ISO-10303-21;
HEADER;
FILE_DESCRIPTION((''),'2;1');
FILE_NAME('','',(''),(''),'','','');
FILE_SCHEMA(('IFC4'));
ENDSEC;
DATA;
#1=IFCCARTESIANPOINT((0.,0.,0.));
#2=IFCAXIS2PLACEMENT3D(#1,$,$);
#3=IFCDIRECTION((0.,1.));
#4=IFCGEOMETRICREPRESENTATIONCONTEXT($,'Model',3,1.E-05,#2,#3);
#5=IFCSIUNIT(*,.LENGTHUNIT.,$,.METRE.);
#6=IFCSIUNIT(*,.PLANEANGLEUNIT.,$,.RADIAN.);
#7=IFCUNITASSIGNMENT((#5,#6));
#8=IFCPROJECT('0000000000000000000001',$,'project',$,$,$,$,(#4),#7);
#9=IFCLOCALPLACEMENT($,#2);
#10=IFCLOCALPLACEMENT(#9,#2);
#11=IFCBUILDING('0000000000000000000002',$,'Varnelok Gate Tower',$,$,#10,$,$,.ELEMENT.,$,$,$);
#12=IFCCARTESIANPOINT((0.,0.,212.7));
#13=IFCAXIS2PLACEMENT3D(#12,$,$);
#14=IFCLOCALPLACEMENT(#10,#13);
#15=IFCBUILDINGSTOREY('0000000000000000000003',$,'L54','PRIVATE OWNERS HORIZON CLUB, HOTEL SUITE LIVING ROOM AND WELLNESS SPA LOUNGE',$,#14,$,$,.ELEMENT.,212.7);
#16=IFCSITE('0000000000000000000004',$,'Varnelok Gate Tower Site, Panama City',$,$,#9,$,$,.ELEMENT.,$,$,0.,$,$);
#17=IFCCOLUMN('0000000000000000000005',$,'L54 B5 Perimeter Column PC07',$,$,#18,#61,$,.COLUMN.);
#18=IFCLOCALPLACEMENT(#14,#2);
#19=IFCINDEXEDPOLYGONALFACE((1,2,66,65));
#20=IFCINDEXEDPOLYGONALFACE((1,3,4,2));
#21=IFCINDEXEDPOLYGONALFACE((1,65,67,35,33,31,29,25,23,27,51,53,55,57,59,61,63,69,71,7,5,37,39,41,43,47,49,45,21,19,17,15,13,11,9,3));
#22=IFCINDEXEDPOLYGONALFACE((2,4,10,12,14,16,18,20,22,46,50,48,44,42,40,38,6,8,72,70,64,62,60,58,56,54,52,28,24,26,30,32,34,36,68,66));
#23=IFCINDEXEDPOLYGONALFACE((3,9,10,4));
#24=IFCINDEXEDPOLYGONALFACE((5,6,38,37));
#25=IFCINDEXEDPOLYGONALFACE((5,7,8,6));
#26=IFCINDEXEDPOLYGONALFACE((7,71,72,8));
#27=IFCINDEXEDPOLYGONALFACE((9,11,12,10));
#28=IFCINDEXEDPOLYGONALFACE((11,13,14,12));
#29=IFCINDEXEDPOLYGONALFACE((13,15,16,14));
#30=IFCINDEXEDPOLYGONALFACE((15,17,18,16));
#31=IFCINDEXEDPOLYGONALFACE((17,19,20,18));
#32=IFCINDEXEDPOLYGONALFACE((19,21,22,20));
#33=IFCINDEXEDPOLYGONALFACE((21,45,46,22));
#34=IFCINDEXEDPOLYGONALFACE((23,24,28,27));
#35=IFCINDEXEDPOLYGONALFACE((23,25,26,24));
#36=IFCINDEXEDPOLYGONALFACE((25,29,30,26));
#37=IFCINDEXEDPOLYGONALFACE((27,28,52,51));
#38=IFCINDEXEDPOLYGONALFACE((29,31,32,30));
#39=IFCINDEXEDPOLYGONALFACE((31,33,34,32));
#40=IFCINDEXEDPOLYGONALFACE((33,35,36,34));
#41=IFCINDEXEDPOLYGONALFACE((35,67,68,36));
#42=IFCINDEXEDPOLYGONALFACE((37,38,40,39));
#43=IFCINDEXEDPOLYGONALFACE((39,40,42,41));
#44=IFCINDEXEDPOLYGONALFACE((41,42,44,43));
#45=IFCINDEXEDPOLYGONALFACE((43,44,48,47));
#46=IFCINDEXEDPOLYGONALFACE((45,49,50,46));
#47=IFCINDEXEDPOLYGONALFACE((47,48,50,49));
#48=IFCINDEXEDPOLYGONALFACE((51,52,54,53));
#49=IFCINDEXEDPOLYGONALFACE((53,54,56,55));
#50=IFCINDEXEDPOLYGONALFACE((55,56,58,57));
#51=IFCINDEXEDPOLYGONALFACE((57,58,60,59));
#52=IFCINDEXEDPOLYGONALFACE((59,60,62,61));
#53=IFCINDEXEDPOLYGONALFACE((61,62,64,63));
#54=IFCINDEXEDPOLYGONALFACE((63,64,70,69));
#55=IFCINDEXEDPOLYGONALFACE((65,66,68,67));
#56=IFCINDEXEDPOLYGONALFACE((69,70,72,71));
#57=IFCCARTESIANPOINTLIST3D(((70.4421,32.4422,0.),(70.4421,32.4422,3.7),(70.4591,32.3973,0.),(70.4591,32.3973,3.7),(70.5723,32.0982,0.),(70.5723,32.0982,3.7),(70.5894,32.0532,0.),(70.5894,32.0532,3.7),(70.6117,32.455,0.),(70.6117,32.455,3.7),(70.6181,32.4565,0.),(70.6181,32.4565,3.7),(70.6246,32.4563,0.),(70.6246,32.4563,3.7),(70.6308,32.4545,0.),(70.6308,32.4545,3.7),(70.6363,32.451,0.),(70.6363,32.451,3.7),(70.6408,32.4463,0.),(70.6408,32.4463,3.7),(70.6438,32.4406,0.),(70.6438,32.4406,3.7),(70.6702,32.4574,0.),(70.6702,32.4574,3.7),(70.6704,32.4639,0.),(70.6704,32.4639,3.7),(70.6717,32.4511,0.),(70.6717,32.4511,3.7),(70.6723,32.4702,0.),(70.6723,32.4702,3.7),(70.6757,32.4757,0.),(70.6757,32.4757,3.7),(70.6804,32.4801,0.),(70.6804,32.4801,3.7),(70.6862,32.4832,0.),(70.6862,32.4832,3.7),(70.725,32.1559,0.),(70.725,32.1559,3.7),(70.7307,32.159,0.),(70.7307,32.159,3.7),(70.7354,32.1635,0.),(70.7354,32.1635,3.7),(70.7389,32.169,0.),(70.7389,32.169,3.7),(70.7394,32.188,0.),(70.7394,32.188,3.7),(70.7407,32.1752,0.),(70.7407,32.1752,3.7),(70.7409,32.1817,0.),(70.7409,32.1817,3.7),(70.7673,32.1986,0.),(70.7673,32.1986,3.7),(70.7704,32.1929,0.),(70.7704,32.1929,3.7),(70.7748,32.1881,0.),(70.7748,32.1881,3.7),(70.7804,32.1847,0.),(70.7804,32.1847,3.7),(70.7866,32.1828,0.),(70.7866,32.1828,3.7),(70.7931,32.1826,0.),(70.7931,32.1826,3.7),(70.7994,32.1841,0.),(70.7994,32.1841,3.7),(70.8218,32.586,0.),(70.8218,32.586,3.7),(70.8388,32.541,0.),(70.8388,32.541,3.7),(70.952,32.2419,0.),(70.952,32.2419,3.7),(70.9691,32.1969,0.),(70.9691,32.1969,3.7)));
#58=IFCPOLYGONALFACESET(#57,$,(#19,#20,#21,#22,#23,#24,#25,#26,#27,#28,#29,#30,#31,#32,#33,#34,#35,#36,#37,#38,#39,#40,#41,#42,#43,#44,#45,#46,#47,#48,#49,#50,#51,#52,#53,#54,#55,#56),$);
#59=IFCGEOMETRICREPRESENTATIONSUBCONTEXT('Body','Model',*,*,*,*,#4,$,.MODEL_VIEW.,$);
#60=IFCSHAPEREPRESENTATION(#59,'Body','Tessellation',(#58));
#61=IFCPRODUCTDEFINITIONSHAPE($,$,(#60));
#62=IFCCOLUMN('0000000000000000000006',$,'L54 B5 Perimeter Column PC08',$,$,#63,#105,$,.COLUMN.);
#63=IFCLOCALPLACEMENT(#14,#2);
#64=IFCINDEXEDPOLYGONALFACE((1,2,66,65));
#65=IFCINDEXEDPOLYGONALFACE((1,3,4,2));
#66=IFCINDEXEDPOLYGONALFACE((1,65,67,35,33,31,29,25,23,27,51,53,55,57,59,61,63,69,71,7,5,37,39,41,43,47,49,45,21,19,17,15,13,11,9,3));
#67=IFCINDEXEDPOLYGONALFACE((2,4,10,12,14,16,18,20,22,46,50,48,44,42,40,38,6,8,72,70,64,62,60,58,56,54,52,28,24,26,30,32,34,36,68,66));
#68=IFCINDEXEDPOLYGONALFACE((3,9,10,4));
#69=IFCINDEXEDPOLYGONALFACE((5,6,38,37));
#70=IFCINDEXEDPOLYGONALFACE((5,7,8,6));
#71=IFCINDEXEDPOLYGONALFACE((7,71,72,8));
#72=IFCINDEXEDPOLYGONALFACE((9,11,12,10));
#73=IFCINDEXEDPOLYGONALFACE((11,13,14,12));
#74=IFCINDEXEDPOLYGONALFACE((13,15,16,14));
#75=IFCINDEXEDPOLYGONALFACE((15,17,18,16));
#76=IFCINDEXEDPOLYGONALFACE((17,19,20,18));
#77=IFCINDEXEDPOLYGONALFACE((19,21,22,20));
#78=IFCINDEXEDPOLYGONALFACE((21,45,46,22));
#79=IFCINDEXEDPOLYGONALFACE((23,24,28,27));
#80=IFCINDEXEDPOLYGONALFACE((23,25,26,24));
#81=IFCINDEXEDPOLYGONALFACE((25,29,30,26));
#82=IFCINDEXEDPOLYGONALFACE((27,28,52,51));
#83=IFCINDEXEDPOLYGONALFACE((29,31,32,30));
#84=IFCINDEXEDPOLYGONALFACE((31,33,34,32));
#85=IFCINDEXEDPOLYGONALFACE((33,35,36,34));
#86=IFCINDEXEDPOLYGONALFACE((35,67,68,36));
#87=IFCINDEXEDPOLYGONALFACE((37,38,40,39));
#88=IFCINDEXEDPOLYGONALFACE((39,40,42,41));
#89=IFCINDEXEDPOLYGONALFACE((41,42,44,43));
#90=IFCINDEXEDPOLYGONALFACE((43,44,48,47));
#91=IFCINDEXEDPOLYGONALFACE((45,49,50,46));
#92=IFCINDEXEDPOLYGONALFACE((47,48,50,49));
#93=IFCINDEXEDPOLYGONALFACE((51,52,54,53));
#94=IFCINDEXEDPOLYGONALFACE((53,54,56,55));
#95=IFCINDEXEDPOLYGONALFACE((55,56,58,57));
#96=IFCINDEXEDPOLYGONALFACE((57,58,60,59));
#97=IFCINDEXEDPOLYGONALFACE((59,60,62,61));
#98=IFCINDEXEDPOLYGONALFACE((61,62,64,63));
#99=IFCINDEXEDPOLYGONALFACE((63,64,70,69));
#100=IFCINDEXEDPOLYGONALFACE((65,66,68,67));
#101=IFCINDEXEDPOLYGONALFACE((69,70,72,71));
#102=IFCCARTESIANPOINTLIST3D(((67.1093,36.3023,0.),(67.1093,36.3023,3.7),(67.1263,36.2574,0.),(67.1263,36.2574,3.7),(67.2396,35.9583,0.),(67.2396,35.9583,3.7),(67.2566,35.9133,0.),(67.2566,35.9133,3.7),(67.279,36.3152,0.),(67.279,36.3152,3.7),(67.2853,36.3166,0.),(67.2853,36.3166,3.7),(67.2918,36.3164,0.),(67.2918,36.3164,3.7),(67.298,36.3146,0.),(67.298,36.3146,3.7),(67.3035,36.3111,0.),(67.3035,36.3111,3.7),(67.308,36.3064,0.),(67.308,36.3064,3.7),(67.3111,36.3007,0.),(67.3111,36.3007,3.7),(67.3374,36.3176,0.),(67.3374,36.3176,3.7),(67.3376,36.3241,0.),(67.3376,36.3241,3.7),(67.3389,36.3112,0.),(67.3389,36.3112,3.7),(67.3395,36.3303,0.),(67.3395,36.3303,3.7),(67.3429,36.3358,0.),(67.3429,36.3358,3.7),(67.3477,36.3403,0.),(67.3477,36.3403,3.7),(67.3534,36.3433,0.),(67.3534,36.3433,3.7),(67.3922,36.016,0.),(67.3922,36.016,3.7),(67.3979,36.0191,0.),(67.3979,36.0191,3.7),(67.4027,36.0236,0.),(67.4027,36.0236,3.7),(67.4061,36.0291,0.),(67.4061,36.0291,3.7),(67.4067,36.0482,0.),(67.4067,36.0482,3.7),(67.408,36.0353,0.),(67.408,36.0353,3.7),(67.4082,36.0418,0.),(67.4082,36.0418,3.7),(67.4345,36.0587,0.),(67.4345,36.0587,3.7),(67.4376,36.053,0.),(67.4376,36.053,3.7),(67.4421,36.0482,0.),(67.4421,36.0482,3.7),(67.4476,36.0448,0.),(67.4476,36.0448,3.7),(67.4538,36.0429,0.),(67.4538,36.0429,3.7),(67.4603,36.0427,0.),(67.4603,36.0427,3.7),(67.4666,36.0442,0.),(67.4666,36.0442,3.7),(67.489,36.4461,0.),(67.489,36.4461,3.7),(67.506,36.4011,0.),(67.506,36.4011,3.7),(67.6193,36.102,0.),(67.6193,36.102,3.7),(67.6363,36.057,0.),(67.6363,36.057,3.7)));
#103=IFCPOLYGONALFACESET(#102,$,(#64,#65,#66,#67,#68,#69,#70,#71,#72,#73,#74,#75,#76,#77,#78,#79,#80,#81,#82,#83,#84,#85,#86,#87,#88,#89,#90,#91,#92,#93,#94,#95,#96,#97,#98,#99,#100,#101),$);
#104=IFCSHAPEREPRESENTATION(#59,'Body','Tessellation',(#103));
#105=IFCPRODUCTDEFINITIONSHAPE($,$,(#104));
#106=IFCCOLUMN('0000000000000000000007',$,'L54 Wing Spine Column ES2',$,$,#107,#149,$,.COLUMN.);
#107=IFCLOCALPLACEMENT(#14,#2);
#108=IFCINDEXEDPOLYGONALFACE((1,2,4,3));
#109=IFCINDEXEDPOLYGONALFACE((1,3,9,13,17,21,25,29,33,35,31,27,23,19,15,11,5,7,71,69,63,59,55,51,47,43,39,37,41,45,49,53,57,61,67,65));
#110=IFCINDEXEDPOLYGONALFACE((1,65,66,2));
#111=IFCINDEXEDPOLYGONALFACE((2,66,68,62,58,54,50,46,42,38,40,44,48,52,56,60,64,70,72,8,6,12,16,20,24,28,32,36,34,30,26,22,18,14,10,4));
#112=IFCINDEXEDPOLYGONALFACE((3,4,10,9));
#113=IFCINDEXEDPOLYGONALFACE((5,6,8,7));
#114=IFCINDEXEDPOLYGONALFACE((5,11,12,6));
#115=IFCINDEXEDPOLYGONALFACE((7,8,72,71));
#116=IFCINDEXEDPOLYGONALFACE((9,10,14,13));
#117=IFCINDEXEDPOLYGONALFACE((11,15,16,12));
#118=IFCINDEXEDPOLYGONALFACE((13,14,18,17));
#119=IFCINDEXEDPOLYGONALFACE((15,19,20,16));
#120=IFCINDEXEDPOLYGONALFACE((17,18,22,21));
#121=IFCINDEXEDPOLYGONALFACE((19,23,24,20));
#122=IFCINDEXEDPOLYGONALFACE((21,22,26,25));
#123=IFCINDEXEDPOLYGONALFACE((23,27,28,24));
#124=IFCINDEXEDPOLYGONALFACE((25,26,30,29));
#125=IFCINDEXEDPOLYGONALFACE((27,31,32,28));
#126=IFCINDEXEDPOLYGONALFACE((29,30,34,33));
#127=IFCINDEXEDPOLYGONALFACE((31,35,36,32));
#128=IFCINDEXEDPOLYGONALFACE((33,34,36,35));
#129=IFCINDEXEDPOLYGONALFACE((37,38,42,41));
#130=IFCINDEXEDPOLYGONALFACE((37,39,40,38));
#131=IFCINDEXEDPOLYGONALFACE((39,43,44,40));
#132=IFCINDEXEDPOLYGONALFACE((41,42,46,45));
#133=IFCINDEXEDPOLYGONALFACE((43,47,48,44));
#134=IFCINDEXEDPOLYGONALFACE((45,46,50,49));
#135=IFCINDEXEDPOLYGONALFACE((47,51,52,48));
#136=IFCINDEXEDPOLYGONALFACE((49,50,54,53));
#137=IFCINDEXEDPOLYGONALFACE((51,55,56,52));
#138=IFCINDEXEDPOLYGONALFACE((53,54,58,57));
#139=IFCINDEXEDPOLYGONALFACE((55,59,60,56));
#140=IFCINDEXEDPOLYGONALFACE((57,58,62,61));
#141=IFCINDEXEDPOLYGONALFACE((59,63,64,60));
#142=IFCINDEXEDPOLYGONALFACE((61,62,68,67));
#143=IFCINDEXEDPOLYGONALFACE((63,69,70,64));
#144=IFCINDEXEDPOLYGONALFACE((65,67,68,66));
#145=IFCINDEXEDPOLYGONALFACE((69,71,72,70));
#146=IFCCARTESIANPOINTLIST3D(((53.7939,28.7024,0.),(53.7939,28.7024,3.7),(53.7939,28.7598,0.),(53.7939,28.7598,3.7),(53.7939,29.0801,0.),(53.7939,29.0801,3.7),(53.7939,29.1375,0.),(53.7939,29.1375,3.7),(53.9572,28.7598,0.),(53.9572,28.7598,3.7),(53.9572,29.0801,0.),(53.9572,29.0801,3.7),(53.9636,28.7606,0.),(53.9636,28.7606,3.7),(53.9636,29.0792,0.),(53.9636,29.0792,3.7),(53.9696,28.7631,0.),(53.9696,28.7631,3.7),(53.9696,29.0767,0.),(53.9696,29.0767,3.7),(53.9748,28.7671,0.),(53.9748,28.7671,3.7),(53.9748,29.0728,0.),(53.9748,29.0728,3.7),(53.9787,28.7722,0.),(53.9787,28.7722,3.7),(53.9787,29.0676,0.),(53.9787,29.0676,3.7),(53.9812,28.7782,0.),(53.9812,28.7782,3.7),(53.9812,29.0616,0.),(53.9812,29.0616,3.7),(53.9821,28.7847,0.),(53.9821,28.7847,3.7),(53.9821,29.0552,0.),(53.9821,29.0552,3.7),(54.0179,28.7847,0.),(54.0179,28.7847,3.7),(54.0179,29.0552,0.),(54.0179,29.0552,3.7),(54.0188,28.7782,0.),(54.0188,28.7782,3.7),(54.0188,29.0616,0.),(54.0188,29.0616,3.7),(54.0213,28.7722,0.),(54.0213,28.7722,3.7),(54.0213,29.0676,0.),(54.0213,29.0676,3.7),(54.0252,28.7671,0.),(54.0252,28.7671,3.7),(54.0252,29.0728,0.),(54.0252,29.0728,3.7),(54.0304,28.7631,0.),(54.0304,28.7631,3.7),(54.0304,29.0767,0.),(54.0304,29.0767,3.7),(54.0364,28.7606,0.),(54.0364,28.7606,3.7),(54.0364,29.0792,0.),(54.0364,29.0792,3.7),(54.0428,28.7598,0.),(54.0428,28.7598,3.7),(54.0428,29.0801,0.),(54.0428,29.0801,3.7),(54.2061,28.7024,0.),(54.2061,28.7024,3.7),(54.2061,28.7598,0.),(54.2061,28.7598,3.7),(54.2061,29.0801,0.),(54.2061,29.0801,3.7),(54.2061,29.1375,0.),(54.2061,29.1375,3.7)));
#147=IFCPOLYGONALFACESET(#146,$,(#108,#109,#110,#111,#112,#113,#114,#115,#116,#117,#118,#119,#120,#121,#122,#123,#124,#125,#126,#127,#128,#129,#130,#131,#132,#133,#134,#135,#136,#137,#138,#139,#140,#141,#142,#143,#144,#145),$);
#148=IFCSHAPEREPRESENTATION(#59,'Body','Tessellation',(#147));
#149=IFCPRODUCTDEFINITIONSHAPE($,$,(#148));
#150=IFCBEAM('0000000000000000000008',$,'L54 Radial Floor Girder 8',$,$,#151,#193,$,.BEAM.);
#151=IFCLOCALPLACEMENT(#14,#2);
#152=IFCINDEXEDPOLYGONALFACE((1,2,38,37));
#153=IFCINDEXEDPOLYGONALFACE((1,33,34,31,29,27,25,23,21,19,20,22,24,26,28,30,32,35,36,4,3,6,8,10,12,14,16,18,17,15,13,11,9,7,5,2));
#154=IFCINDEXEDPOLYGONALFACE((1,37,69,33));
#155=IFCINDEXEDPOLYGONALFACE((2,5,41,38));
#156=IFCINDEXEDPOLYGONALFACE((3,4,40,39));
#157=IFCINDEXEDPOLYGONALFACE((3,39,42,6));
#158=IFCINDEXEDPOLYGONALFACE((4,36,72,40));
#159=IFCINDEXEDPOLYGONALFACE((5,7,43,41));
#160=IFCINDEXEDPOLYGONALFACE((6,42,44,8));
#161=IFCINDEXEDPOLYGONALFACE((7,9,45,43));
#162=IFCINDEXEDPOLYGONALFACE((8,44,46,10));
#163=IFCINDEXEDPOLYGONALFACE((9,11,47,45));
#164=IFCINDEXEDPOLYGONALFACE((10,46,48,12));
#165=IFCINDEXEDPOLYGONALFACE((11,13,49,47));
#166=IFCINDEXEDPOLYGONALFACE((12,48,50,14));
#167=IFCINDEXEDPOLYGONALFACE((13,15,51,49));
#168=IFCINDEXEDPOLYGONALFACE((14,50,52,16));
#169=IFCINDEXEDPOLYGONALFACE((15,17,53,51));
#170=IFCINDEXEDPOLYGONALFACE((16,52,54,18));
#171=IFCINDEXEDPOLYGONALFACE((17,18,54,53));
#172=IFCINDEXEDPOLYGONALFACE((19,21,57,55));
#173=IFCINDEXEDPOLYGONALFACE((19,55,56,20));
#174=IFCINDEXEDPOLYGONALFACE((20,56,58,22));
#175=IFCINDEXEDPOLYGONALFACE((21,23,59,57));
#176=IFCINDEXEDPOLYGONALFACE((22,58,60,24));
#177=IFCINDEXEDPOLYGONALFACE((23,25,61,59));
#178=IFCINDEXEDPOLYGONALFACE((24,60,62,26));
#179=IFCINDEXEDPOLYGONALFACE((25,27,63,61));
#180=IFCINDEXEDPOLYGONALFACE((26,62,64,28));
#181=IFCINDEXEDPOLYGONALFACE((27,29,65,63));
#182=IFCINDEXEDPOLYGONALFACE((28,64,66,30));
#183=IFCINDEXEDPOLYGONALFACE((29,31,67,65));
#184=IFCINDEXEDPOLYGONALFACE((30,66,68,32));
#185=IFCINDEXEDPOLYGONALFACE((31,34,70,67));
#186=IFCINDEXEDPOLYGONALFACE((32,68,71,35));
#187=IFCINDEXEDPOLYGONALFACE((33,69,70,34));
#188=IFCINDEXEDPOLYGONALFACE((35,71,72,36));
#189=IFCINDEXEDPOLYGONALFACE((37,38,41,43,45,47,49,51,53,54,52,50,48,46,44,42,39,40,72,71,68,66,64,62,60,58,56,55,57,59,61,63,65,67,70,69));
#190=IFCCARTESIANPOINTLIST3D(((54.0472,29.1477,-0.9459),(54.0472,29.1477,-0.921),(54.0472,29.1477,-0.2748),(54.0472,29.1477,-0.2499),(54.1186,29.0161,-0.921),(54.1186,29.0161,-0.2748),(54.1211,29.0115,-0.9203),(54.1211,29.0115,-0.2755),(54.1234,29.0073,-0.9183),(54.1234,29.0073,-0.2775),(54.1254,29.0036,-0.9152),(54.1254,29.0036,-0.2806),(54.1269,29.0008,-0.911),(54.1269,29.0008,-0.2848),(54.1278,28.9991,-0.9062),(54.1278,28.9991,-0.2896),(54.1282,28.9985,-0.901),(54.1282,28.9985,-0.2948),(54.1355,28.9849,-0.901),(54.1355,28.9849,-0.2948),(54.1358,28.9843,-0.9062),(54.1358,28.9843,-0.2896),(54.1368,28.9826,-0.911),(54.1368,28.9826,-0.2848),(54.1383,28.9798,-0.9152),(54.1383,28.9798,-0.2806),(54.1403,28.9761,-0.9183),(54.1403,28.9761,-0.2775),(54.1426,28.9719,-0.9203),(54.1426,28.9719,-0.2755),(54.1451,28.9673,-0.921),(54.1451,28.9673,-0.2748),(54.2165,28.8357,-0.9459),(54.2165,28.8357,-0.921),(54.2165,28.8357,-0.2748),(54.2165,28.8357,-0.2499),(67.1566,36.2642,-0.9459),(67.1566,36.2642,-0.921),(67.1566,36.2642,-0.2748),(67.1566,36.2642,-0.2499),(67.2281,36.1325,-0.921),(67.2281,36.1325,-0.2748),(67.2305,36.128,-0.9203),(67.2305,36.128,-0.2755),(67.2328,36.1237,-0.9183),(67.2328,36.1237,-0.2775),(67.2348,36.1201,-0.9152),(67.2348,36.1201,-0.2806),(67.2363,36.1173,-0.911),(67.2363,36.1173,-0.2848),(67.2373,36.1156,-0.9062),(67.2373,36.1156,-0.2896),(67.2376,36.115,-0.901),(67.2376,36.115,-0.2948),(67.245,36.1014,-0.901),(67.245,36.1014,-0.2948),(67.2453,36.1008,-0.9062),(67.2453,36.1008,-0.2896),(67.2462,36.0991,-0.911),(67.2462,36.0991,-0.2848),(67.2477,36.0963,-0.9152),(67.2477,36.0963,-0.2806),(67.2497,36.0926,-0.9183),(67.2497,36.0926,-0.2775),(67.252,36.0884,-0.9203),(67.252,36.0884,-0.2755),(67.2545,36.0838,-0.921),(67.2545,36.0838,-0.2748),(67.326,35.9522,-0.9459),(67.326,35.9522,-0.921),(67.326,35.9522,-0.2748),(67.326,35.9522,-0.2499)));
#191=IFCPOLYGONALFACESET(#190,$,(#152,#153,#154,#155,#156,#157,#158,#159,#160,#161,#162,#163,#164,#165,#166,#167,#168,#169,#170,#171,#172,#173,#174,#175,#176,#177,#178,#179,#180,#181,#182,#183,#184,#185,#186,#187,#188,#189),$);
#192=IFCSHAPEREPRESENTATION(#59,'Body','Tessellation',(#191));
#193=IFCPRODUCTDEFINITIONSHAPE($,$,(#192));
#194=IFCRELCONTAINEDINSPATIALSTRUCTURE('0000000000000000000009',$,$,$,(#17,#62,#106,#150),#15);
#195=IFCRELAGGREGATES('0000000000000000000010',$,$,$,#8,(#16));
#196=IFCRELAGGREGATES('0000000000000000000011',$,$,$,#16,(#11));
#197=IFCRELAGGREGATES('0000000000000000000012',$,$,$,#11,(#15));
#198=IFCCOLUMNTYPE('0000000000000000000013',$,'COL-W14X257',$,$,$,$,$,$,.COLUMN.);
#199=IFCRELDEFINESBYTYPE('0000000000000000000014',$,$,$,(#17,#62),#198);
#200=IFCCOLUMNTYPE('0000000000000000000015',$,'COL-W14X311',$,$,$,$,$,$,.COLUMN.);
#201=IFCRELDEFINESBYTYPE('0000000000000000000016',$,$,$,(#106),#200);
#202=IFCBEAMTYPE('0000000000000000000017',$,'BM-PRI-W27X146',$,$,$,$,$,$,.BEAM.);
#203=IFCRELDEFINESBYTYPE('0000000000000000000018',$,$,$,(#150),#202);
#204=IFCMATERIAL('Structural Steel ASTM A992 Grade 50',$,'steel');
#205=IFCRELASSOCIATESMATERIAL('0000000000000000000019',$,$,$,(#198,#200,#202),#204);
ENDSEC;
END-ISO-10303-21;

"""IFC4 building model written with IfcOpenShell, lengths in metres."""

from ifc_helpers import new_model, si_unit, direction, frame, origin, origin_2d, place, context, subcontext, project, spatial, i_section, extrude, material, material_profile, profile_set, type_object, element, save


model = new_model("IFC4")

# Units and contexts
model_context = context("Model", 3, precision=1e-05, world=origin(), true_north=direction((0.0, 1.0)))
body_context = subcontext(model_context, "Body", "Model", "MODEL_VIEW")
ifc_project = project(units=[si_unit("LENGTHUNIT", "METRE"), si_unit("PLANEANGLEUNIT", "RADIAN")], contexts=[model_context])

# Site, building, storey
site_placement = place(None, origin())
site = spatial("IfcSite", under=ifc_project, at=site_placement, Name="Varnelok Gate Tower Site, Panama City", CompositionType="ELEMENT", RefElevation=0.0)
building_placement = place(site_placement, origin())
building = spatial("IfcBuilding", under=site, at=building_placement, Name="Varnelok Gate Tower", CompositionType="ELEMENT")
storey_placement = place(building_placement, frame((0.0, 0.0, 212.7)))
storey = spatial("IfcBuildingStorey", under=building, at=storey_placement, Name="L54", Description="PRIVATE OWNERS HORIZON CLUB, HOTEL SUITE LIVING ROOM AND WELLNESS SPA LOUNGE", CompositionType="ELEMENT", Elevation=212.7)

# Columns
ifc_material_1 = material(Name="Structural Steel ASTM A992 Grade 50", Category="steel")
ifc_material_profile_1 = material_profile(ifc_material_1, i_section(OverallWidth=0.406, OverallDepth=0.416, WebThickness=0.0298, FlangeThickness=0.0481, FilletRadius=0.0249, at=origin_2d()), Name="W14X257")
ifc_profile_set_1 = profile_set([ifc_material_profile_1], Name="Structural Steel ASTM A992 Grade 50")
column_type_1 = type_object("IfcColumnType", Name="COL-W14X257", PredefinedType="COLUMN", material=ifc_profile_set_1)
for number, where, z_axis, x_axis, name in (
    (1, (70.7056, 32.3196, 0.0), (0.0, 0.0, 1.0), (0.935222, 0.354063, 0.0), "L54 B5 Perimeter Column PC07"),
    (2, (67.3728, 36.1797, 0.0), (0.0, 0.0, 1.0), (0.935222, 0.354063, 0.0), "L54 B5 Perimeter Column PC08"),
):
    element("IfcColumn", number, at=place(storey_placement, frame(where, z_axis=z_axis, x_axis=x_axis)), inside=storey, type_object=column_type_1, Name=name, PredefinedType="COLUMN", context=body_context, shape_type="SweptSolid", body=[
        extrude(i_section(OverallWidth=0.406, OverallDepth=0.416, WebThickness=0.0298, FlangeThickness=0.0481, FilletRadius=0.0249, at=origin_2d()), origin(), (0.0, 0.0, 1.0), 3.7),
    ])
ifc_material_profile_2 = material_profile(ifc_material_1, i_section(OverallWidth=0.4121, OverallDepth=0.4351, WebThickness=0.0359, FlangeThickness=0.0574, FilletRadius=0.0249, at=origin_2d()), Name="W14X311")
ifc_profile_set_2 = profile_set([ifc_material_profile_2], Name="Structural Steel ASTM A992 Grade 50")
column_type_2 = type_object("IfcColumnType", Name="COL-W14X311", PredefinedType="COLUMN", material=ifc_profile_set_2)
column_placement = place(storey_placement, frame((54.0, 28.9199, 0.0), z_axis=(0.0, 0.0, 1.0), x_axis=(1.0, 0.0, 0.0)))
element("IfcColumn", 3, at=column_placement, inside=storey, type_object=column_type_2, Name="L54 Wing Spine Column ES2", PredefinedType="COLUMN", context=body_context, shape_type="SweptSolid", body=[
    extrude(i_section(OverallWidth=0.4121, OverallDepth=0.4351, WebThickness=0.0359, FlangeThickness=0.0574, FilletRadius=0.0249, at=origin_2d()), origin(), (0.0, 0.0, 1.0), 3.7),
])

# Beam
ifc_material_profile_3 = material_profile(ifc_material_1, i_section(OverallWidth=0.355, OverallDepth=0.696, WebThickness=0.0154, FlangeThickness=0.0249, FilletRadius=0.02, at=origin_2d()), Name="W27X146")
ifc_profile_set_3 = profile_set([ifc_material_profile_3], Name="Structural Steel ASTM A992 Grade 50")
beam_type_1 = type_object("IfcBeamType", Name="BM-PRI-W27X146", PredefinedType="BEAM", material=ifc_profile_set_3)
beam_1_placement = place(storey_placement, frame((54.1318, 28.9917, -0.5979), z_axis=(0.878855, 0.477089, 0.0), x_axis=(-0.477089, 0.878855, 0.0)))
element("IfcBeam", 4, at=beam_1_placement, inside=storey, type_object=beam_type_1, Name="L54 Radial Floor Girder 8", PredefinedType="BEAM", context=body_context, shape_type="SweptSolid", body=[
    extrude(i_section(OverallWidth=0.355, OverallDepth=0.696, WebThickness=0.0154, FlangeThickness=0.0249, FilletRadius=0.02, at=origin_2d()), origin(), (0.0, 0.0, 1.0), 14.9165),
])

save(model, "model.ifc")
